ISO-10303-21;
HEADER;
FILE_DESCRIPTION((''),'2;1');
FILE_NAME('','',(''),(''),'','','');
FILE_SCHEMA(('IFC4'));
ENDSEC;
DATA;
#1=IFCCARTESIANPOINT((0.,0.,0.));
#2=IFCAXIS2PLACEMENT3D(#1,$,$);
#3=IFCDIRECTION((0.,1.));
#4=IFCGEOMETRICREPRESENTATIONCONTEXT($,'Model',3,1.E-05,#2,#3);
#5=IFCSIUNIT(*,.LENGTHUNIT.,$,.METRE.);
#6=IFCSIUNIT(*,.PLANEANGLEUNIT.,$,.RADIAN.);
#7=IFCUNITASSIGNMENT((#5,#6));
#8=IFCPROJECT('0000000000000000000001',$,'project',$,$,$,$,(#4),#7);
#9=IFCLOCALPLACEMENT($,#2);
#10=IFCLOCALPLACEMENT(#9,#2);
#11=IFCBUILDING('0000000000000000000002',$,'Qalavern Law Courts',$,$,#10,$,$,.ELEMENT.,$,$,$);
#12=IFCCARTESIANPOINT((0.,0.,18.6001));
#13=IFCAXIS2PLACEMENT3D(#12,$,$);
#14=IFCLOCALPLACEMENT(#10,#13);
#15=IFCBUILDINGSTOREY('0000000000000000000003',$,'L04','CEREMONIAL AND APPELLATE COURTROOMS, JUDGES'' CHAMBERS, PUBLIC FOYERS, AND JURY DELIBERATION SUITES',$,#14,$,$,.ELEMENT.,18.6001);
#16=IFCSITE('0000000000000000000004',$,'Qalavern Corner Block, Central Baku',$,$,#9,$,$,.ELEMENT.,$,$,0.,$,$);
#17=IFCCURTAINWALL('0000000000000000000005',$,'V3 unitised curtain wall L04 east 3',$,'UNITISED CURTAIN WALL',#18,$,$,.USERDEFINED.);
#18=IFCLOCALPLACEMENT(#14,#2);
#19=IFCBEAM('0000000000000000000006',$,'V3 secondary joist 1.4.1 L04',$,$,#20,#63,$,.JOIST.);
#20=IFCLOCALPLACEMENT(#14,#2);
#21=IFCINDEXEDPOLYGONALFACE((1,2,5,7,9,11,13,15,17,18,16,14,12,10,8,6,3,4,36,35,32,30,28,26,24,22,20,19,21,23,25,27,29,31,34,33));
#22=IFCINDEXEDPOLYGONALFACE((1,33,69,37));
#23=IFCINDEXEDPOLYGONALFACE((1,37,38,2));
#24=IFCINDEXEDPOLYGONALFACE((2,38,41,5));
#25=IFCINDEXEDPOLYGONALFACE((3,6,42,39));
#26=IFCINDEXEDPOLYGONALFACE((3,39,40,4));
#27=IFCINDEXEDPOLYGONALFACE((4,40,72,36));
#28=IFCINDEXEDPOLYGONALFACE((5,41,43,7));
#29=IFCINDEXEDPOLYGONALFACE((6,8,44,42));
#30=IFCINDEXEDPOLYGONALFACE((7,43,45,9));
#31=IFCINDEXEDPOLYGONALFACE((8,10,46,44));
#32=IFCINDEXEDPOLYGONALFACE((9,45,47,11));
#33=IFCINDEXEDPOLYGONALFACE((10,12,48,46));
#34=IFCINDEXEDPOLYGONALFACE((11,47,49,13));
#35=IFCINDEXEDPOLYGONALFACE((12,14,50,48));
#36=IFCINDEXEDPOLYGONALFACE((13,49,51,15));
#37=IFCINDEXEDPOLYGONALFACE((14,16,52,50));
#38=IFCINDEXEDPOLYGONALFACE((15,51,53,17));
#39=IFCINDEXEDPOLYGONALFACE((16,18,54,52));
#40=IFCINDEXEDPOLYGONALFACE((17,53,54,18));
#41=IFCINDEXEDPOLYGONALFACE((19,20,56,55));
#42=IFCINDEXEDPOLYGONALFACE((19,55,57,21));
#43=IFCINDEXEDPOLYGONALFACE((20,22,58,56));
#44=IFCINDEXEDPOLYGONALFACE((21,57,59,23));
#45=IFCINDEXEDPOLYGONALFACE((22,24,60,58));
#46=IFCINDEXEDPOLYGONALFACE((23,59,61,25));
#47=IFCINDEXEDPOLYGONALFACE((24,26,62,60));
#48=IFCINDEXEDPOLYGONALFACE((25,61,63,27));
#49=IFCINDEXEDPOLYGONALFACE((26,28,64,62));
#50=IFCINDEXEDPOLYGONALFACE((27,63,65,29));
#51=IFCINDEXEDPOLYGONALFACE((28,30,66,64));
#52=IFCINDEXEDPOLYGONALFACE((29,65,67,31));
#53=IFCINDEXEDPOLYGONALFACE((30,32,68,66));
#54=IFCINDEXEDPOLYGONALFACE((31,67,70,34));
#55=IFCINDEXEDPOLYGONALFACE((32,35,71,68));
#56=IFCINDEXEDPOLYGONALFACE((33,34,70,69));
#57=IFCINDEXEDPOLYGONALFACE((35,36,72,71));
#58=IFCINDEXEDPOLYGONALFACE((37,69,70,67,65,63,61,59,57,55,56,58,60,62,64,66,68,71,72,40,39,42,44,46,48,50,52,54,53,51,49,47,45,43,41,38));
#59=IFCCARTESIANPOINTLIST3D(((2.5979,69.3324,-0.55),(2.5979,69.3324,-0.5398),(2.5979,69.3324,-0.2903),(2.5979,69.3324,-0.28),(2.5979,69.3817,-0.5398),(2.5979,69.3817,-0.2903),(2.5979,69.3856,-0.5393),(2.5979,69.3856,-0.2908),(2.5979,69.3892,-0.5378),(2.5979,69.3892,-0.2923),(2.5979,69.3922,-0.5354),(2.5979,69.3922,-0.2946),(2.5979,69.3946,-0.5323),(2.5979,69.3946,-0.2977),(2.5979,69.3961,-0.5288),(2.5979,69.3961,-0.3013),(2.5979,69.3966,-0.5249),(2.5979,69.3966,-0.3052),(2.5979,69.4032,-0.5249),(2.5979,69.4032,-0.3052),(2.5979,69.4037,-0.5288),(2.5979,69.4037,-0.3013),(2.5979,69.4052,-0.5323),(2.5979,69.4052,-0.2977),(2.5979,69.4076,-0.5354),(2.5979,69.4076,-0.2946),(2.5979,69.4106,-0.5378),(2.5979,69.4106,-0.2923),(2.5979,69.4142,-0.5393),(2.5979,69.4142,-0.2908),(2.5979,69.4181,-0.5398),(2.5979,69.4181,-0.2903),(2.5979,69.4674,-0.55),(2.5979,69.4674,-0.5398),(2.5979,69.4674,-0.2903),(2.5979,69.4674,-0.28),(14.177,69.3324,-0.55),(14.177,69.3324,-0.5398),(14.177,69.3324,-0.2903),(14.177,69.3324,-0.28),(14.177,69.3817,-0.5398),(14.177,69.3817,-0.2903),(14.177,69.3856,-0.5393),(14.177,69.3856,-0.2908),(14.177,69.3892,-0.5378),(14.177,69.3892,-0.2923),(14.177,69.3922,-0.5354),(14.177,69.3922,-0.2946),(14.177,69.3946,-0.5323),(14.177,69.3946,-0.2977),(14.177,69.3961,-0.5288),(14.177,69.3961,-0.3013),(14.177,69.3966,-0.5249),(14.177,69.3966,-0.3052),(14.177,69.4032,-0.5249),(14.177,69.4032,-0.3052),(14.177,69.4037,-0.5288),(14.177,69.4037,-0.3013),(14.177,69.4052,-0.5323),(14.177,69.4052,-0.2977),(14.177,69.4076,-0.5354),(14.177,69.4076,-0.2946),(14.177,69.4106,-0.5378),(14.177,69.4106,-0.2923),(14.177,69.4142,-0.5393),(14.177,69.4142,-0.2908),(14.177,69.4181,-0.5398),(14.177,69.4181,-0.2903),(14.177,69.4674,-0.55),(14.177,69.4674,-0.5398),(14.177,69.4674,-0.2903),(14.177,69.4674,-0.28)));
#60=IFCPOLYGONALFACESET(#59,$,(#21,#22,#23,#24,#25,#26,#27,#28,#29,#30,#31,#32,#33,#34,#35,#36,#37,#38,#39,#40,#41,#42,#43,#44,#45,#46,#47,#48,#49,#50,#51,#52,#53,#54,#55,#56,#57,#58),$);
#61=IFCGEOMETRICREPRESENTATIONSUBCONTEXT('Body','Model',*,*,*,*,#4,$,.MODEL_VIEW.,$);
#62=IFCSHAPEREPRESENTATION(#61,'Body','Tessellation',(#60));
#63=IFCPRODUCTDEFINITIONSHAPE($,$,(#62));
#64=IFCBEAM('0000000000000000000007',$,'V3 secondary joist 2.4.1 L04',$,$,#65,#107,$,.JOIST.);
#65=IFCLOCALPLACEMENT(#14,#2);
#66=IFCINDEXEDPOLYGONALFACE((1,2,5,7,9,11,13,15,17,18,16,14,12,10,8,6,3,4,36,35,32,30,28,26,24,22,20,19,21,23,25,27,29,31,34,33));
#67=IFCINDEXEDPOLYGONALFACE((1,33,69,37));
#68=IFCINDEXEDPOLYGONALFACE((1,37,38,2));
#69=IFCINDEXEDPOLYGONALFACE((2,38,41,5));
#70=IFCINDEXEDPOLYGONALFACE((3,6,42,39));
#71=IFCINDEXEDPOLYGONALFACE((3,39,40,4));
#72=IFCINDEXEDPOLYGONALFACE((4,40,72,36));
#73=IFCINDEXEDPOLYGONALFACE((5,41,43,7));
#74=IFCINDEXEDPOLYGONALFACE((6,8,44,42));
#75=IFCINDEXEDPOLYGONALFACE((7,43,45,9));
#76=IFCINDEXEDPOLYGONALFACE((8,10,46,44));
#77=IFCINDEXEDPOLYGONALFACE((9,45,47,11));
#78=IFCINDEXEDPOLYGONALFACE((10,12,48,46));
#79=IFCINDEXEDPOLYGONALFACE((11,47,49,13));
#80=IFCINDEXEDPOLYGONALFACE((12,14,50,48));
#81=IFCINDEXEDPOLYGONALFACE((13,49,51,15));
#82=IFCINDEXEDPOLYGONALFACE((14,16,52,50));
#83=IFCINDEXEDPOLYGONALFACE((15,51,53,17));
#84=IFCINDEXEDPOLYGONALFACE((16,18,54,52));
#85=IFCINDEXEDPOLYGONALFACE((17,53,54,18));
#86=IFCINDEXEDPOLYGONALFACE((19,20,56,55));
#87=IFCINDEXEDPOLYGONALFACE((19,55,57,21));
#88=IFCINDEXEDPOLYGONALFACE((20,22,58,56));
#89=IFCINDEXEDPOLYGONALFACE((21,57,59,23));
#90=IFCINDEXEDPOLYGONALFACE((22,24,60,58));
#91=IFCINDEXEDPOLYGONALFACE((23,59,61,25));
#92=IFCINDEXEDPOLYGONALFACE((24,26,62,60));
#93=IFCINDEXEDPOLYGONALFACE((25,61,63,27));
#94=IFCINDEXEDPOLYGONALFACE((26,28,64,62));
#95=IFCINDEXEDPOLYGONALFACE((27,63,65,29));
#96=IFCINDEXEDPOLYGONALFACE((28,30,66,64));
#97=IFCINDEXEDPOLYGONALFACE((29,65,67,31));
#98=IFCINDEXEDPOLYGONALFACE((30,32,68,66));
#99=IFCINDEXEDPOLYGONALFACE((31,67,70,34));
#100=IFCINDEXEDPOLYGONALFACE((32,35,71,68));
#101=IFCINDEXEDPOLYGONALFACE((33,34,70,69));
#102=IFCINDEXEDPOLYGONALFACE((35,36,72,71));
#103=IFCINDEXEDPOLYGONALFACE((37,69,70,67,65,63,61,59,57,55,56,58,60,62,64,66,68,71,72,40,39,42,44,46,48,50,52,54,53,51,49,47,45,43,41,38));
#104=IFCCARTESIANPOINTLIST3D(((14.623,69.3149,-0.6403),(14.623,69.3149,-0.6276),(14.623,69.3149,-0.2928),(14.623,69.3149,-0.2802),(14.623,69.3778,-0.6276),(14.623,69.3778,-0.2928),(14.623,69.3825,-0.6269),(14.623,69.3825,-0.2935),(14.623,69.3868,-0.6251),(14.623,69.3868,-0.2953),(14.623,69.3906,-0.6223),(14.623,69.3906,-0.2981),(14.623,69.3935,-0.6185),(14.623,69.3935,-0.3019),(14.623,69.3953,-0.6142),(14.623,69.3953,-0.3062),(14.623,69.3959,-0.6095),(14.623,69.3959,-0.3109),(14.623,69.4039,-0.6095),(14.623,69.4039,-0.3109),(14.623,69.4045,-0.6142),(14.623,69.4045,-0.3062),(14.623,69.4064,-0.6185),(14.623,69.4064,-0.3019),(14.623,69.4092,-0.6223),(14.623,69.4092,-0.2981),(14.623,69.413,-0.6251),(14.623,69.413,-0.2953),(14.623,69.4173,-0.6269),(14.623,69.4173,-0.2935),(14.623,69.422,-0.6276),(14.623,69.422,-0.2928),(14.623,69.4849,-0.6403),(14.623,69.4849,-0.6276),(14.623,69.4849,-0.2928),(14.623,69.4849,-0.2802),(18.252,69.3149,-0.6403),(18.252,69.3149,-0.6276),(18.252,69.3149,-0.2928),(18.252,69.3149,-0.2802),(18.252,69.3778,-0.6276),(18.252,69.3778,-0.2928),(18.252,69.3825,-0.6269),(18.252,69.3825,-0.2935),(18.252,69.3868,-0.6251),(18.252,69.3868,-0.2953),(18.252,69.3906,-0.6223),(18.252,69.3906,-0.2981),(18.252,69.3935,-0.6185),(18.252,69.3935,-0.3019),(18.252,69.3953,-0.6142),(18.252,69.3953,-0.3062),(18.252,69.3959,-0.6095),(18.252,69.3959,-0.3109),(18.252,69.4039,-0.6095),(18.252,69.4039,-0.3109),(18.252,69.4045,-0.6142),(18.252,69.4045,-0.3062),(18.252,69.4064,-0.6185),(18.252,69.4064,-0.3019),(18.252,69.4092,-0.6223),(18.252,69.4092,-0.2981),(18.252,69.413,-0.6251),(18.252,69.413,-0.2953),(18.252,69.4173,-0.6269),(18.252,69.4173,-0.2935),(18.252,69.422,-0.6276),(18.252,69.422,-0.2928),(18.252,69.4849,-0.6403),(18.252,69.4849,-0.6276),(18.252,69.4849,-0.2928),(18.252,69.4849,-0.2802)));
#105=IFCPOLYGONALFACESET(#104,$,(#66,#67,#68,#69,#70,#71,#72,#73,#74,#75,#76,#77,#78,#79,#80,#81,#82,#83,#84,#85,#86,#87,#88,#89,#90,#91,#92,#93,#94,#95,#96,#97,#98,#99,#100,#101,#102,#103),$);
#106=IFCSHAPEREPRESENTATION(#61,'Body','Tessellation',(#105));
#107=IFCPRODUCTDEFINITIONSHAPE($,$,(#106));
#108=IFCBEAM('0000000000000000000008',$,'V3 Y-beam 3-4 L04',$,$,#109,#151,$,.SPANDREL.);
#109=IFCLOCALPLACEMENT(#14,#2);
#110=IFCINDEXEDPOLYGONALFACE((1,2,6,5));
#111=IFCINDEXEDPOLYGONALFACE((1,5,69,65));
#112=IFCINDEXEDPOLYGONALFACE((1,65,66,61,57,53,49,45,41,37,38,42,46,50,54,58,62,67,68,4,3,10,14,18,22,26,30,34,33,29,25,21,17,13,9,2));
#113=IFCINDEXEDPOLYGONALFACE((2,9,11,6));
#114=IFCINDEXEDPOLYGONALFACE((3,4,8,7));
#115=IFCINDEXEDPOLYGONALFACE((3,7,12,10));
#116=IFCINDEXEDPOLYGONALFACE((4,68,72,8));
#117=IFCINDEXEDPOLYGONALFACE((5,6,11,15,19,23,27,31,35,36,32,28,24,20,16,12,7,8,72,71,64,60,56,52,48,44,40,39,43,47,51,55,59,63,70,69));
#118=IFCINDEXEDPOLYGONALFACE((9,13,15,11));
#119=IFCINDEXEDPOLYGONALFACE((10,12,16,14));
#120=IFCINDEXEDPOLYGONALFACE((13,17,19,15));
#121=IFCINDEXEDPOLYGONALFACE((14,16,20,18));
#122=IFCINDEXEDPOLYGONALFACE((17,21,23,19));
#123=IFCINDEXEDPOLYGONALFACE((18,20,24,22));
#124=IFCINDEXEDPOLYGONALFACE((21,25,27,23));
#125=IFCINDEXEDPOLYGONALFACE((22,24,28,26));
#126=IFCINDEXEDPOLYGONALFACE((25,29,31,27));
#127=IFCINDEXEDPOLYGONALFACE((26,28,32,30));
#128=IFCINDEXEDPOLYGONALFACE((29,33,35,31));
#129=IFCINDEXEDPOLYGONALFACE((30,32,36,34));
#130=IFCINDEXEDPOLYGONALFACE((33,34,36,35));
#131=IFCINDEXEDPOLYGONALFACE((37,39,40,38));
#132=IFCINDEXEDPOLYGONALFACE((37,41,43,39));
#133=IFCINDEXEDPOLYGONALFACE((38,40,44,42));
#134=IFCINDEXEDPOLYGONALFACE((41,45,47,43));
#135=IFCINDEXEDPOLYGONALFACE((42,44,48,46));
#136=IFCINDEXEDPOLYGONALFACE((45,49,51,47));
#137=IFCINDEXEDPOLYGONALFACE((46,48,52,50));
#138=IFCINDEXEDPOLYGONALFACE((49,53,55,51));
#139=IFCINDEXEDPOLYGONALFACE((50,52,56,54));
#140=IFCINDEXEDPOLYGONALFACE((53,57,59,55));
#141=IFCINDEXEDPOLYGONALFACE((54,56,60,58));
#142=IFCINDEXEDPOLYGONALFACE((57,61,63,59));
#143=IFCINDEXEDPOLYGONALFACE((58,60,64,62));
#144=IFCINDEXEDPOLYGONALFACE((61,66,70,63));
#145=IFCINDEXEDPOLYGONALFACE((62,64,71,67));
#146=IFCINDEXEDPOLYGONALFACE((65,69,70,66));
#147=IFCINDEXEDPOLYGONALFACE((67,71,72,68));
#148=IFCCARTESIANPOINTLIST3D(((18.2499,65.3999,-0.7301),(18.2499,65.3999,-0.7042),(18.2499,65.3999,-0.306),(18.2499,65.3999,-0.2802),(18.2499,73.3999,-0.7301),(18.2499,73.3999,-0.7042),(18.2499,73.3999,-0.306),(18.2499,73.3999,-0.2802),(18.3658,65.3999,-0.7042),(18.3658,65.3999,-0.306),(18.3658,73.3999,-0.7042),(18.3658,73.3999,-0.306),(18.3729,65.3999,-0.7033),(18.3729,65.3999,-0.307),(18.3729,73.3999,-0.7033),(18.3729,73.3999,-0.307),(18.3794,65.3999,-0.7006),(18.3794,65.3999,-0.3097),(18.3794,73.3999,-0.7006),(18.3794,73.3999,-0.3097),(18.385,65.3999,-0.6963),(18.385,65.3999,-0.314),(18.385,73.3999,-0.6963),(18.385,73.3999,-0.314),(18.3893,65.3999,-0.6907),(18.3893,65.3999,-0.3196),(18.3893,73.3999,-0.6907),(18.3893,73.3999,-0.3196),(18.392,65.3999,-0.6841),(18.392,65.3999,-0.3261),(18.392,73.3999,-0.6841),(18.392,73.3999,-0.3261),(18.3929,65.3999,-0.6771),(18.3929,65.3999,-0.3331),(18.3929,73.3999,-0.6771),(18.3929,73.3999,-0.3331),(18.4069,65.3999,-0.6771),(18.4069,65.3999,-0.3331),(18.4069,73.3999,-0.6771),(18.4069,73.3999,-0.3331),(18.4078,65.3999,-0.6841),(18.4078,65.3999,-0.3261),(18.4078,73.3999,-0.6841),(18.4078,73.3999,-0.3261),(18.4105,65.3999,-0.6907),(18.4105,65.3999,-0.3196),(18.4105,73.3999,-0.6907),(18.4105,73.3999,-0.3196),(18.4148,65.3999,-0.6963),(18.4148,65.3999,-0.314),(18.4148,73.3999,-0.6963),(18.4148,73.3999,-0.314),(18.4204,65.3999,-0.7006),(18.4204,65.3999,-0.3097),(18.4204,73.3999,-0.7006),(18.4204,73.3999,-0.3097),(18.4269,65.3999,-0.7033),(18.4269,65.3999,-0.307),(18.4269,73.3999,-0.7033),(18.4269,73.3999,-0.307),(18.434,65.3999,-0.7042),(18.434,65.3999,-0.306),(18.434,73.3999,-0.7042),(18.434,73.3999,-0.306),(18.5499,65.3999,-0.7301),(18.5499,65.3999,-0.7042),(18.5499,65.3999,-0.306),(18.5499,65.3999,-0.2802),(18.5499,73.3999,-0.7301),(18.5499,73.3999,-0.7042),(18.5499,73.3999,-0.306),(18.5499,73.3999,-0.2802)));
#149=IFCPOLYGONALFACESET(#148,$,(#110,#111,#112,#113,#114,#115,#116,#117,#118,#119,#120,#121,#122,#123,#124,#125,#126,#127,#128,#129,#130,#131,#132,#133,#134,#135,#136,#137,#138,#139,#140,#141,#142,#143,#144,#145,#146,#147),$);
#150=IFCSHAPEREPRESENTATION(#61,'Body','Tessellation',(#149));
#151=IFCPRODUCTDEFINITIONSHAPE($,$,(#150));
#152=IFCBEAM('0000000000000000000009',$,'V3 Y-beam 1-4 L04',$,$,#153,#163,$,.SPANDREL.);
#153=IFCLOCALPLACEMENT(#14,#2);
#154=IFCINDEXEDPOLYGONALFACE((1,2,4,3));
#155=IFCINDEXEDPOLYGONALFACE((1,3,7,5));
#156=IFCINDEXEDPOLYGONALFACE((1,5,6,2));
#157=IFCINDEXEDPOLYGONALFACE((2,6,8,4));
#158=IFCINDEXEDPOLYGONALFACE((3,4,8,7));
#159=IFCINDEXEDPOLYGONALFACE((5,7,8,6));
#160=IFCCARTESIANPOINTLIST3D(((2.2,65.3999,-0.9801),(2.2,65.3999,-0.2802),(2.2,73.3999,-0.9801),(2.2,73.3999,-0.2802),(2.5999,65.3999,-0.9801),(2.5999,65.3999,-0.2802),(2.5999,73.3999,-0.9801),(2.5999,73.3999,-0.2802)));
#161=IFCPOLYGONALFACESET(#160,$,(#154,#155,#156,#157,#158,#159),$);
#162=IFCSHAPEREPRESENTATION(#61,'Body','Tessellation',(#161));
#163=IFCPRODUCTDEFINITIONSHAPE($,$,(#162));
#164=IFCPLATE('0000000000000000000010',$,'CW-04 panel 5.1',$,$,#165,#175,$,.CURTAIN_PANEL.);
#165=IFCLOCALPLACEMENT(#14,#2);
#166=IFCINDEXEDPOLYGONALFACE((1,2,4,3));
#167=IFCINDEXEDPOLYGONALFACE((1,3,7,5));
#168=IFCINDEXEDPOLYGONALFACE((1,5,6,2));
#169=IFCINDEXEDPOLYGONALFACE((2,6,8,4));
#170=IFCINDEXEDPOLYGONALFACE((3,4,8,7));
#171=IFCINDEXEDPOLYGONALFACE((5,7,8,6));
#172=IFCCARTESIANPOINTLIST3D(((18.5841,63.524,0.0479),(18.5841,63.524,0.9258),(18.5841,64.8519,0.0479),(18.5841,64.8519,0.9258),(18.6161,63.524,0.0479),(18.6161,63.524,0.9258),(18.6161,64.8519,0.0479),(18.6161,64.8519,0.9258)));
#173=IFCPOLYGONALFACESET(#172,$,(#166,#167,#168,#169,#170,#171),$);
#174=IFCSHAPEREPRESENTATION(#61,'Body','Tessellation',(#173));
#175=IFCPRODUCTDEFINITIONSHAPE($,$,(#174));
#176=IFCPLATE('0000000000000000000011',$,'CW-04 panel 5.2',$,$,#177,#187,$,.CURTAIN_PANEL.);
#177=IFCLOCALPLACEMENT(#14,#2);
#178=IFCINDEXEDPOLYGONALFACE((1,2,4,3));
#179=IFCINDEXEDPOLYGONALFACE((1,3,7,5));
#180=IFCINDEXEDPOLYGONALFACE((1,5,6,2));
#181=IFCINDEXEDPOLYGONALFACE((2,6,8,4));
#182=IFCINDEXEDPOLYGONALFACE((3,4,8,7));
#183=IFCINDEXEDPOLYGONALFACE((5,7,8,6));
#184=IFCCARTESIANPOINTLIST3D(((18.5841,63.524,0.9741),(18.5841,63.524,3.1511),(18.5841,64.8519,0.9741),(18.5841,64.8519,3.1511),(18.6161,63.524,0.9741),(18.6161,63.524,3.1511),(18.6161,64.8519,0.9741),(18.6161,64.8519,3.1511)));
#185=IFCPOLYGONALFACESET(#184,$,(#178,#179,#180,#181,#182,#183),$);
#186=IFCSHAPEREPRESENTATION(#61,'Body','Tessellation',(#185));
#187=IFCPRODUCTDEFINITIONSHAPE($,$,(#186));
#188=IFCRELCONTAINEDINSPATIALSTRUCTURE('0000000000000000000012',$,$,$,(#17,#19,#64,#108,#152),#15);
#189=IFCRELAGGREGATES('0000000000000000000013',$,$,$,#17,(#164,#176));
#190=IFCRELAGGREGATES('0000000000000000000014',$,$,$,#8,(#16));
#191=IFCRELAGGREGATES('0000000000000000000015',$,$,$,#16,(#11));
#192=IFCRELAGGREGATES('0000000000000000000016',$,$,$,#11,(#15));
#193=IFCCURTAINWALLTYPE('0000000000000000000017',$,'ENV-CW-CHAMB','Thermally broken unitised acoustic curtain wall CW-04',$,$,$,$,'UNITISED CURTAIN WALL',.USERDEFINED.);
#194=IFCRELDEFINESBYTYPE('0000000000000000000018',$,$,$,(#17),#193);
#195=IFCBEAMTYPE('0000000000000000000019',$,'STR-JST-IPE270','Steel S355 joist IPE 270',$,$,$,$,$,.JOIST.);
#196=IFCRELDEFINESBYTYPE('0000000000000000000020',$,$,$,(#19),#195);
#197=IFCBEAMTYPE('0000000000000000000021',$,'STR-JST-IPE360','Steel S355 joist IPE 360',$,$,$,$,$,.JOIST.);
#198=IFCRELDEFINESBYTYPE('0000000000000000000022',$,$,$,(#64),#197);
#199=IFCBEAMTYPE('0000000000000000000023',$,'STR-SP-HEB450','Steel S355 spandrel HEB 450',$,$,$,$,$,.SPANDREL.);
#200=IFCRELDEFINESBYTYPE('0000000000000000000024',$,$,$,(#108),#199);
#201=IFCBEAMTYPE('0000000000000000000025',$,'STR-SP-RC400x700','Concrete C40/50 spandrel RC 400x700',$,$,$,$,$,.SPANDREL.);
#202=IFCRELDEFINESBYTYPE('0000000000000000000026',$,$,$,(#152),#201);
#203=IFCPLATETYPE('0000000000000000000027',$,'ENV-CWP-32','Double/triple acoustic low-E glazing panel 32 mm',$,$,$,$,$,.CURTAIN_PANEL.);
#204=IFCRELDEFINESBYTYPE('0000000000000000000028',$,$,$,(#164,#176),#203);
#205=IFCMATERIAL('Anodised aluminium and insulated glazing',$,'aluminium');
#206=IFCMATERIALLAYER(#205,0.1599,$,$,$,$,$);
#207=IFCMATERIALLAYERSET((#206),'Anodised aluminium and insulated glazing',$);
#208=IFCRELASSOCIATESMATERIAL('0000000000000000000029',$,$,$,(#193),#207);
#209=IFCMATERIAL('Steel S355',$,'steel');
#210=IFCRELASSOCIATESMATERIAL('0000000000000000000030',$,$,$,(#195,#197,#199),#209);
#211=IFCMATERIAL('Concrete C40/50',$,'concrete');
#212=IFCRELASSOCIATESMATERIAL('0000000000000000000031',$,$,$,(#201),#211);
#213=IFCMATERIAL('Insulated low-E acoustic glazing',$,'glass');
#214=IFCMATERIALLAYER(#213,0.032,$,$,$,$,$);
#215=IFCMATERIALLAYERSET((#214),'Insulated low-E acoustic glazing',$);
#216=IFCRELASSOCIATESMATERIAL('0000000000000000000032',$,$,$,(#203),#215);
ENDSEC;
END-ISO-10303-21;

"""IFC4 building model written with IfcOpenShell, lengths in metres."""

from ifc_helpers import new_model, si_unit, direction, frame, origin, origin_2d, place, context, subcontext, project, spatial, rectangle, i_section, extrude, material, layer, layer_set, material_profile, profile_set, type_object, element, aggregate, save


model = new_model("IFC4")

# Units and contexts
model_context = context("Model", 3, precision=1e-05, world=origin(), true_north=direction((0.0, 1.0)))
body_context = subcontext(model_context, "Body", "Model", "MODEL_VIEW")
ifc_project = project(units=[si_unit("LENGTHUNIT", "METRE"), si_unit("PLANEANGLEUNIT", "RADIAN")], contexts=[model_context])

# Site, building, storey
site_placement = place(None, origin())
site = spatial("IfcSite", under=ifc_project, at=site_placement, Name="Qalavern Corner Block, Central Baku", CompositionType="ELEMENT", RefElevation=0.0)
building_placement = place(site_placement, origin())
building = spatial("IfcBuilding", under=site, at=building_placement, Name="Qalavern Law Courts", CompositionType="ELEMENT")
storey_placement = place(building_placement, frame((0.0, 0.0, 18.6001)))
storey = spatial("IfcBuildingStorey", under=building, at=storey_placement, Name="L04", Description="CEREMONIAL AND APPELLATE COURTROOMS, JUDGES' CHAMBERS, PUBLIC FOYERS, AND JURY DELIBERATION SUITES", CompositionType="ELEMENT", Elevation=18.6001)

# Curtain wall
ifc_material_1 = material(Name="Anodised aluminium and insulated glazing", Category="aluminium")
ifc_layer_1 = layer(ifc_material_1, 0.1599)
ifc_layer_set_1 = layer_set([ifc_layer_1], Name="Anodised aluminium and insulated glazing")
curtain_wall_type = type_object("IfcCurtainWallType", Name="ENV-CW-CHAMB", Description="Thermally broken unitised acoustic curtain wall CW-04", ElementType="UNITISED CURTAIN WALL", PredefinedType="USERDEFINED", material=ifc_layer_set_1)
curtain_wall_1_placement = place(storey_placement, origin())
curtain_wall_1 = element("IfcCurtainWall", 1, at=curtain_wall_1_placement, inside=storey, type_object=curtain_wall_type, Name="V3 unitised curtain wall L04 east 3", ObjectType="UNITISED CURTAIN WALL", PredefinedType="USERDEFINED")

# Beams
ifc_material_2 = material(Name="Concrete C40/50", Category="concrete")
ifc_material_3 = material(Name="Steel S355", Category="steel")
ifc_material_profile_1 = material_profile(ifc_material_3, i_section(OverallWidth=0.135, OverallDepth=0.27, WebThickness=0.0066, FlangeThickness=0.0103, FilletRadius=0.0149, at=origin_2d()), Name="IPE 270")
ifc_profile_set_1 = profile_set([ifc_material_profile_1], Name="Steel S355")
beam_type_1 = type_object("IfcBeamType", Name="STR-JST-IPE270", Description="Steel S355 joist IPE 270", PredefinedType="JOIST", material=ifc_profile_set_1)
beam_1_placement = place(storey_placement, frame((2.5979, 69.3999, -0.415), z_axis=(1.0, 0.0, 0.0), x_axis=(0.0, 1.0, 0.0)))
element("IfcBeam", 2, at=beam_1_placement, inside=storey, type_object=beam_type_1, Name="V3 secondary joist 1.4.1 L04", PredefinedType="JOIST", context=body_context, shape_type="SweptSolid", body=[
    extrude(i_section(OverallWidth=0.135, OverallDepth=0.27, WebThickness=0.0066, FlangeThickness=0.0103, FilletRadius=0.0149, at=origin_2d()), origin(), (0.0, 0.0, 1.0), 11.5791),
])
ifc_material_profile_2 = material_profile(ifc_material_3, i_section(OverallWidth=0.1699, OverallDepth=0.3601, WebThickness=0.0081, FlangeThickness=0.0127, FilletRadius=0.0181, at=origin_2d()), Name="IPE 360")
ifc_profile_set_2 = profile_set([ifc_material_profile_2], Name="Steel S355")
beam_type_2 = type_object("IfcBeamType", Name="STR-JST-IPE360", Description="Steel S355 joist IPE 360", PredefinedType="JOIST", material=ifc_profile_set_2)
beam_2_placement = place(storey_placement, frame((14.623, 69.3999, -0.4602), z_axis=(1.0, 0.0, 0.0), x_axis=(0.0, 1.0, 0.0)))
element("IfcBeam", 3, at=beam_2_placement, inside=storey, type_object=beam_type_2, Name="V3 secondary joist 2.4.1 L04", PredefinedType="JOIST", context=body_context, shape_type="SweptSolid", body=[
    extrude(i_section(OverallWidth=0.1699, OverallDepth=0.3601, WebThickness=0.0081, FlangeThickness=0.0127, FilletRadius=0.0181, at=origin_2d()), origin(), (0.0, 0.0, 1.0), 3.6289),
])
ifc_material_profile_3 = material_profile(ifc_material_3, i_section(OverallWidth=0.3, OverallDepth=0.45, WebThickness=0.0139, FlangeThickness=0.0259, FilletRadius=0.0271, at=origin_2d()), Name="HEB 450")
ifc_profile_set_3 = profile_set([ifc_material_profile_3], Name="Steel S355")
beam_type_3 = type_object("IfcBeamType", Name="STR-SP-HEB450", Description="Steel S355 spandrel HEB 450", PredefinedType="SPANDREL", material=ifc_profile_set_3)
beam_3_placement = place(storey_placement, frame((18.3999, 65.3999, -0.5051), z_axis=(0.0, 1.0, 0.0), x_axis=(-1.0, 0.0, 0.0)))
element("IfcBeam", 4, at=beam_3_placement, inside=storey, type_object=beam_type_3, Name="V3 Y-beam 3-4 L04", PredefinedType="SPANDREL", context=body_context, shape_type="SweptSolid", body=[
    extrude(i_section(OverallWidth=0.3, OverallDepth=0.45, WebThickness=0.0139, FlangeThickness=0.0259, FilletRadius=0.0271, at=origin_2d()), origin(), (0.0, 0.0, 1.0), 8.0),
])
ifc_material_profile_4 = material_profile(ifc_material_2, rectangle(XDim=0.3999, YDim=0.7, at=origin_2d()), Name="RC 400x700")
ifc_profile_set_4 = profile_set([ifc_material_profile_4], Name="Concrete C40/50")
beam_type_4 = type_object("IfcBeamType", Name="STR-SP-RC400x700", Description="Concrete C40/50 spandrel RC 400x700", PredefinedType="SPANDREL", material=ifc_profile_set_4)
beam_4_placement = place(storey_placement, frame((2.3999, 65.3999, -0.6301), z_axis=(0.0, 1.0, 0.0), x_axis=(-1.0, 0.0, 0.0)))
element("IfcBeam", 5, at=beam_4_placement, inside=storey, type_object=beam_type_4, Name="V3 Y-beam 1-4 L04", PredefinedType="SPANDREL", context=body_context, shape_type="SweptSolid", body=[
    extrude(rectangle(XDim=0.3999, YDim=0.7, at=origin_2d()), origin(), (0.0, 0.0, 1.0), 8.0),
])

# Plates
ifc_material_4 = material(Name="Insulated low-E acoustic glazing", Category="glass")
ifc_layer_2 = layer(ifc_material_4, 0.032)
ifc_layer_set_2 = layer_set([ifc_layer_2], Name="Insulated low-E acoustic glazing")
plate_type_1 = type_object("IfcPlateType", Name="ENV-CWP-32", Description="Double/triple acoustic low-E glazing panel 32 mm", PredefinedType="CURTAIN_PANEL", material=ifc_layer_set_2)
plate_1_placement = place(storey_placement, frame((18.6001, 64.188, 0.0479), z_axis=(0.0, 0.0, 1.0), x_axis=(0.0, 1.0, 0.0)))
plate_1 = element("IfcPlate", 6, at=plate_1_placement, type_object=plate_type_1, Name="CW-04 panel 5.1", PredefinedType="CURTAIN_PANEL", context=body_context, shape_type="SweptSolid", body=[
    extrude(rectangle(XDim=1.3279, YDim=0.032, at=origin_2d()), origin(), (0.0, 0.0, 1.0), 0.8779),
])
plate_2_placement = place(storey_placement, frame((18.6001, 64.188, 0.9741), z_axis=(0.0, 0.0, 1.0), x_axis=(0.0, 1.0, 0.0)))
plate_2 = element("IfcPlate", 7, at=plate_2_placement, type_object=plate_type_1, Name="CW-04 panel 5.2", PredefinedType="CURTAIN_PANEL", context=body_context, shape_type="SweptSolid", body=[
    extrude(rectangle(XDim=1.3279, YDim=0.032, at=origin_2d()), origin(), (0.0, 0.0, 1.0), 2.177),
])
aggregate(curtain_wall_1, [plate_1, plate_2])

save(model, "model.ifc")
